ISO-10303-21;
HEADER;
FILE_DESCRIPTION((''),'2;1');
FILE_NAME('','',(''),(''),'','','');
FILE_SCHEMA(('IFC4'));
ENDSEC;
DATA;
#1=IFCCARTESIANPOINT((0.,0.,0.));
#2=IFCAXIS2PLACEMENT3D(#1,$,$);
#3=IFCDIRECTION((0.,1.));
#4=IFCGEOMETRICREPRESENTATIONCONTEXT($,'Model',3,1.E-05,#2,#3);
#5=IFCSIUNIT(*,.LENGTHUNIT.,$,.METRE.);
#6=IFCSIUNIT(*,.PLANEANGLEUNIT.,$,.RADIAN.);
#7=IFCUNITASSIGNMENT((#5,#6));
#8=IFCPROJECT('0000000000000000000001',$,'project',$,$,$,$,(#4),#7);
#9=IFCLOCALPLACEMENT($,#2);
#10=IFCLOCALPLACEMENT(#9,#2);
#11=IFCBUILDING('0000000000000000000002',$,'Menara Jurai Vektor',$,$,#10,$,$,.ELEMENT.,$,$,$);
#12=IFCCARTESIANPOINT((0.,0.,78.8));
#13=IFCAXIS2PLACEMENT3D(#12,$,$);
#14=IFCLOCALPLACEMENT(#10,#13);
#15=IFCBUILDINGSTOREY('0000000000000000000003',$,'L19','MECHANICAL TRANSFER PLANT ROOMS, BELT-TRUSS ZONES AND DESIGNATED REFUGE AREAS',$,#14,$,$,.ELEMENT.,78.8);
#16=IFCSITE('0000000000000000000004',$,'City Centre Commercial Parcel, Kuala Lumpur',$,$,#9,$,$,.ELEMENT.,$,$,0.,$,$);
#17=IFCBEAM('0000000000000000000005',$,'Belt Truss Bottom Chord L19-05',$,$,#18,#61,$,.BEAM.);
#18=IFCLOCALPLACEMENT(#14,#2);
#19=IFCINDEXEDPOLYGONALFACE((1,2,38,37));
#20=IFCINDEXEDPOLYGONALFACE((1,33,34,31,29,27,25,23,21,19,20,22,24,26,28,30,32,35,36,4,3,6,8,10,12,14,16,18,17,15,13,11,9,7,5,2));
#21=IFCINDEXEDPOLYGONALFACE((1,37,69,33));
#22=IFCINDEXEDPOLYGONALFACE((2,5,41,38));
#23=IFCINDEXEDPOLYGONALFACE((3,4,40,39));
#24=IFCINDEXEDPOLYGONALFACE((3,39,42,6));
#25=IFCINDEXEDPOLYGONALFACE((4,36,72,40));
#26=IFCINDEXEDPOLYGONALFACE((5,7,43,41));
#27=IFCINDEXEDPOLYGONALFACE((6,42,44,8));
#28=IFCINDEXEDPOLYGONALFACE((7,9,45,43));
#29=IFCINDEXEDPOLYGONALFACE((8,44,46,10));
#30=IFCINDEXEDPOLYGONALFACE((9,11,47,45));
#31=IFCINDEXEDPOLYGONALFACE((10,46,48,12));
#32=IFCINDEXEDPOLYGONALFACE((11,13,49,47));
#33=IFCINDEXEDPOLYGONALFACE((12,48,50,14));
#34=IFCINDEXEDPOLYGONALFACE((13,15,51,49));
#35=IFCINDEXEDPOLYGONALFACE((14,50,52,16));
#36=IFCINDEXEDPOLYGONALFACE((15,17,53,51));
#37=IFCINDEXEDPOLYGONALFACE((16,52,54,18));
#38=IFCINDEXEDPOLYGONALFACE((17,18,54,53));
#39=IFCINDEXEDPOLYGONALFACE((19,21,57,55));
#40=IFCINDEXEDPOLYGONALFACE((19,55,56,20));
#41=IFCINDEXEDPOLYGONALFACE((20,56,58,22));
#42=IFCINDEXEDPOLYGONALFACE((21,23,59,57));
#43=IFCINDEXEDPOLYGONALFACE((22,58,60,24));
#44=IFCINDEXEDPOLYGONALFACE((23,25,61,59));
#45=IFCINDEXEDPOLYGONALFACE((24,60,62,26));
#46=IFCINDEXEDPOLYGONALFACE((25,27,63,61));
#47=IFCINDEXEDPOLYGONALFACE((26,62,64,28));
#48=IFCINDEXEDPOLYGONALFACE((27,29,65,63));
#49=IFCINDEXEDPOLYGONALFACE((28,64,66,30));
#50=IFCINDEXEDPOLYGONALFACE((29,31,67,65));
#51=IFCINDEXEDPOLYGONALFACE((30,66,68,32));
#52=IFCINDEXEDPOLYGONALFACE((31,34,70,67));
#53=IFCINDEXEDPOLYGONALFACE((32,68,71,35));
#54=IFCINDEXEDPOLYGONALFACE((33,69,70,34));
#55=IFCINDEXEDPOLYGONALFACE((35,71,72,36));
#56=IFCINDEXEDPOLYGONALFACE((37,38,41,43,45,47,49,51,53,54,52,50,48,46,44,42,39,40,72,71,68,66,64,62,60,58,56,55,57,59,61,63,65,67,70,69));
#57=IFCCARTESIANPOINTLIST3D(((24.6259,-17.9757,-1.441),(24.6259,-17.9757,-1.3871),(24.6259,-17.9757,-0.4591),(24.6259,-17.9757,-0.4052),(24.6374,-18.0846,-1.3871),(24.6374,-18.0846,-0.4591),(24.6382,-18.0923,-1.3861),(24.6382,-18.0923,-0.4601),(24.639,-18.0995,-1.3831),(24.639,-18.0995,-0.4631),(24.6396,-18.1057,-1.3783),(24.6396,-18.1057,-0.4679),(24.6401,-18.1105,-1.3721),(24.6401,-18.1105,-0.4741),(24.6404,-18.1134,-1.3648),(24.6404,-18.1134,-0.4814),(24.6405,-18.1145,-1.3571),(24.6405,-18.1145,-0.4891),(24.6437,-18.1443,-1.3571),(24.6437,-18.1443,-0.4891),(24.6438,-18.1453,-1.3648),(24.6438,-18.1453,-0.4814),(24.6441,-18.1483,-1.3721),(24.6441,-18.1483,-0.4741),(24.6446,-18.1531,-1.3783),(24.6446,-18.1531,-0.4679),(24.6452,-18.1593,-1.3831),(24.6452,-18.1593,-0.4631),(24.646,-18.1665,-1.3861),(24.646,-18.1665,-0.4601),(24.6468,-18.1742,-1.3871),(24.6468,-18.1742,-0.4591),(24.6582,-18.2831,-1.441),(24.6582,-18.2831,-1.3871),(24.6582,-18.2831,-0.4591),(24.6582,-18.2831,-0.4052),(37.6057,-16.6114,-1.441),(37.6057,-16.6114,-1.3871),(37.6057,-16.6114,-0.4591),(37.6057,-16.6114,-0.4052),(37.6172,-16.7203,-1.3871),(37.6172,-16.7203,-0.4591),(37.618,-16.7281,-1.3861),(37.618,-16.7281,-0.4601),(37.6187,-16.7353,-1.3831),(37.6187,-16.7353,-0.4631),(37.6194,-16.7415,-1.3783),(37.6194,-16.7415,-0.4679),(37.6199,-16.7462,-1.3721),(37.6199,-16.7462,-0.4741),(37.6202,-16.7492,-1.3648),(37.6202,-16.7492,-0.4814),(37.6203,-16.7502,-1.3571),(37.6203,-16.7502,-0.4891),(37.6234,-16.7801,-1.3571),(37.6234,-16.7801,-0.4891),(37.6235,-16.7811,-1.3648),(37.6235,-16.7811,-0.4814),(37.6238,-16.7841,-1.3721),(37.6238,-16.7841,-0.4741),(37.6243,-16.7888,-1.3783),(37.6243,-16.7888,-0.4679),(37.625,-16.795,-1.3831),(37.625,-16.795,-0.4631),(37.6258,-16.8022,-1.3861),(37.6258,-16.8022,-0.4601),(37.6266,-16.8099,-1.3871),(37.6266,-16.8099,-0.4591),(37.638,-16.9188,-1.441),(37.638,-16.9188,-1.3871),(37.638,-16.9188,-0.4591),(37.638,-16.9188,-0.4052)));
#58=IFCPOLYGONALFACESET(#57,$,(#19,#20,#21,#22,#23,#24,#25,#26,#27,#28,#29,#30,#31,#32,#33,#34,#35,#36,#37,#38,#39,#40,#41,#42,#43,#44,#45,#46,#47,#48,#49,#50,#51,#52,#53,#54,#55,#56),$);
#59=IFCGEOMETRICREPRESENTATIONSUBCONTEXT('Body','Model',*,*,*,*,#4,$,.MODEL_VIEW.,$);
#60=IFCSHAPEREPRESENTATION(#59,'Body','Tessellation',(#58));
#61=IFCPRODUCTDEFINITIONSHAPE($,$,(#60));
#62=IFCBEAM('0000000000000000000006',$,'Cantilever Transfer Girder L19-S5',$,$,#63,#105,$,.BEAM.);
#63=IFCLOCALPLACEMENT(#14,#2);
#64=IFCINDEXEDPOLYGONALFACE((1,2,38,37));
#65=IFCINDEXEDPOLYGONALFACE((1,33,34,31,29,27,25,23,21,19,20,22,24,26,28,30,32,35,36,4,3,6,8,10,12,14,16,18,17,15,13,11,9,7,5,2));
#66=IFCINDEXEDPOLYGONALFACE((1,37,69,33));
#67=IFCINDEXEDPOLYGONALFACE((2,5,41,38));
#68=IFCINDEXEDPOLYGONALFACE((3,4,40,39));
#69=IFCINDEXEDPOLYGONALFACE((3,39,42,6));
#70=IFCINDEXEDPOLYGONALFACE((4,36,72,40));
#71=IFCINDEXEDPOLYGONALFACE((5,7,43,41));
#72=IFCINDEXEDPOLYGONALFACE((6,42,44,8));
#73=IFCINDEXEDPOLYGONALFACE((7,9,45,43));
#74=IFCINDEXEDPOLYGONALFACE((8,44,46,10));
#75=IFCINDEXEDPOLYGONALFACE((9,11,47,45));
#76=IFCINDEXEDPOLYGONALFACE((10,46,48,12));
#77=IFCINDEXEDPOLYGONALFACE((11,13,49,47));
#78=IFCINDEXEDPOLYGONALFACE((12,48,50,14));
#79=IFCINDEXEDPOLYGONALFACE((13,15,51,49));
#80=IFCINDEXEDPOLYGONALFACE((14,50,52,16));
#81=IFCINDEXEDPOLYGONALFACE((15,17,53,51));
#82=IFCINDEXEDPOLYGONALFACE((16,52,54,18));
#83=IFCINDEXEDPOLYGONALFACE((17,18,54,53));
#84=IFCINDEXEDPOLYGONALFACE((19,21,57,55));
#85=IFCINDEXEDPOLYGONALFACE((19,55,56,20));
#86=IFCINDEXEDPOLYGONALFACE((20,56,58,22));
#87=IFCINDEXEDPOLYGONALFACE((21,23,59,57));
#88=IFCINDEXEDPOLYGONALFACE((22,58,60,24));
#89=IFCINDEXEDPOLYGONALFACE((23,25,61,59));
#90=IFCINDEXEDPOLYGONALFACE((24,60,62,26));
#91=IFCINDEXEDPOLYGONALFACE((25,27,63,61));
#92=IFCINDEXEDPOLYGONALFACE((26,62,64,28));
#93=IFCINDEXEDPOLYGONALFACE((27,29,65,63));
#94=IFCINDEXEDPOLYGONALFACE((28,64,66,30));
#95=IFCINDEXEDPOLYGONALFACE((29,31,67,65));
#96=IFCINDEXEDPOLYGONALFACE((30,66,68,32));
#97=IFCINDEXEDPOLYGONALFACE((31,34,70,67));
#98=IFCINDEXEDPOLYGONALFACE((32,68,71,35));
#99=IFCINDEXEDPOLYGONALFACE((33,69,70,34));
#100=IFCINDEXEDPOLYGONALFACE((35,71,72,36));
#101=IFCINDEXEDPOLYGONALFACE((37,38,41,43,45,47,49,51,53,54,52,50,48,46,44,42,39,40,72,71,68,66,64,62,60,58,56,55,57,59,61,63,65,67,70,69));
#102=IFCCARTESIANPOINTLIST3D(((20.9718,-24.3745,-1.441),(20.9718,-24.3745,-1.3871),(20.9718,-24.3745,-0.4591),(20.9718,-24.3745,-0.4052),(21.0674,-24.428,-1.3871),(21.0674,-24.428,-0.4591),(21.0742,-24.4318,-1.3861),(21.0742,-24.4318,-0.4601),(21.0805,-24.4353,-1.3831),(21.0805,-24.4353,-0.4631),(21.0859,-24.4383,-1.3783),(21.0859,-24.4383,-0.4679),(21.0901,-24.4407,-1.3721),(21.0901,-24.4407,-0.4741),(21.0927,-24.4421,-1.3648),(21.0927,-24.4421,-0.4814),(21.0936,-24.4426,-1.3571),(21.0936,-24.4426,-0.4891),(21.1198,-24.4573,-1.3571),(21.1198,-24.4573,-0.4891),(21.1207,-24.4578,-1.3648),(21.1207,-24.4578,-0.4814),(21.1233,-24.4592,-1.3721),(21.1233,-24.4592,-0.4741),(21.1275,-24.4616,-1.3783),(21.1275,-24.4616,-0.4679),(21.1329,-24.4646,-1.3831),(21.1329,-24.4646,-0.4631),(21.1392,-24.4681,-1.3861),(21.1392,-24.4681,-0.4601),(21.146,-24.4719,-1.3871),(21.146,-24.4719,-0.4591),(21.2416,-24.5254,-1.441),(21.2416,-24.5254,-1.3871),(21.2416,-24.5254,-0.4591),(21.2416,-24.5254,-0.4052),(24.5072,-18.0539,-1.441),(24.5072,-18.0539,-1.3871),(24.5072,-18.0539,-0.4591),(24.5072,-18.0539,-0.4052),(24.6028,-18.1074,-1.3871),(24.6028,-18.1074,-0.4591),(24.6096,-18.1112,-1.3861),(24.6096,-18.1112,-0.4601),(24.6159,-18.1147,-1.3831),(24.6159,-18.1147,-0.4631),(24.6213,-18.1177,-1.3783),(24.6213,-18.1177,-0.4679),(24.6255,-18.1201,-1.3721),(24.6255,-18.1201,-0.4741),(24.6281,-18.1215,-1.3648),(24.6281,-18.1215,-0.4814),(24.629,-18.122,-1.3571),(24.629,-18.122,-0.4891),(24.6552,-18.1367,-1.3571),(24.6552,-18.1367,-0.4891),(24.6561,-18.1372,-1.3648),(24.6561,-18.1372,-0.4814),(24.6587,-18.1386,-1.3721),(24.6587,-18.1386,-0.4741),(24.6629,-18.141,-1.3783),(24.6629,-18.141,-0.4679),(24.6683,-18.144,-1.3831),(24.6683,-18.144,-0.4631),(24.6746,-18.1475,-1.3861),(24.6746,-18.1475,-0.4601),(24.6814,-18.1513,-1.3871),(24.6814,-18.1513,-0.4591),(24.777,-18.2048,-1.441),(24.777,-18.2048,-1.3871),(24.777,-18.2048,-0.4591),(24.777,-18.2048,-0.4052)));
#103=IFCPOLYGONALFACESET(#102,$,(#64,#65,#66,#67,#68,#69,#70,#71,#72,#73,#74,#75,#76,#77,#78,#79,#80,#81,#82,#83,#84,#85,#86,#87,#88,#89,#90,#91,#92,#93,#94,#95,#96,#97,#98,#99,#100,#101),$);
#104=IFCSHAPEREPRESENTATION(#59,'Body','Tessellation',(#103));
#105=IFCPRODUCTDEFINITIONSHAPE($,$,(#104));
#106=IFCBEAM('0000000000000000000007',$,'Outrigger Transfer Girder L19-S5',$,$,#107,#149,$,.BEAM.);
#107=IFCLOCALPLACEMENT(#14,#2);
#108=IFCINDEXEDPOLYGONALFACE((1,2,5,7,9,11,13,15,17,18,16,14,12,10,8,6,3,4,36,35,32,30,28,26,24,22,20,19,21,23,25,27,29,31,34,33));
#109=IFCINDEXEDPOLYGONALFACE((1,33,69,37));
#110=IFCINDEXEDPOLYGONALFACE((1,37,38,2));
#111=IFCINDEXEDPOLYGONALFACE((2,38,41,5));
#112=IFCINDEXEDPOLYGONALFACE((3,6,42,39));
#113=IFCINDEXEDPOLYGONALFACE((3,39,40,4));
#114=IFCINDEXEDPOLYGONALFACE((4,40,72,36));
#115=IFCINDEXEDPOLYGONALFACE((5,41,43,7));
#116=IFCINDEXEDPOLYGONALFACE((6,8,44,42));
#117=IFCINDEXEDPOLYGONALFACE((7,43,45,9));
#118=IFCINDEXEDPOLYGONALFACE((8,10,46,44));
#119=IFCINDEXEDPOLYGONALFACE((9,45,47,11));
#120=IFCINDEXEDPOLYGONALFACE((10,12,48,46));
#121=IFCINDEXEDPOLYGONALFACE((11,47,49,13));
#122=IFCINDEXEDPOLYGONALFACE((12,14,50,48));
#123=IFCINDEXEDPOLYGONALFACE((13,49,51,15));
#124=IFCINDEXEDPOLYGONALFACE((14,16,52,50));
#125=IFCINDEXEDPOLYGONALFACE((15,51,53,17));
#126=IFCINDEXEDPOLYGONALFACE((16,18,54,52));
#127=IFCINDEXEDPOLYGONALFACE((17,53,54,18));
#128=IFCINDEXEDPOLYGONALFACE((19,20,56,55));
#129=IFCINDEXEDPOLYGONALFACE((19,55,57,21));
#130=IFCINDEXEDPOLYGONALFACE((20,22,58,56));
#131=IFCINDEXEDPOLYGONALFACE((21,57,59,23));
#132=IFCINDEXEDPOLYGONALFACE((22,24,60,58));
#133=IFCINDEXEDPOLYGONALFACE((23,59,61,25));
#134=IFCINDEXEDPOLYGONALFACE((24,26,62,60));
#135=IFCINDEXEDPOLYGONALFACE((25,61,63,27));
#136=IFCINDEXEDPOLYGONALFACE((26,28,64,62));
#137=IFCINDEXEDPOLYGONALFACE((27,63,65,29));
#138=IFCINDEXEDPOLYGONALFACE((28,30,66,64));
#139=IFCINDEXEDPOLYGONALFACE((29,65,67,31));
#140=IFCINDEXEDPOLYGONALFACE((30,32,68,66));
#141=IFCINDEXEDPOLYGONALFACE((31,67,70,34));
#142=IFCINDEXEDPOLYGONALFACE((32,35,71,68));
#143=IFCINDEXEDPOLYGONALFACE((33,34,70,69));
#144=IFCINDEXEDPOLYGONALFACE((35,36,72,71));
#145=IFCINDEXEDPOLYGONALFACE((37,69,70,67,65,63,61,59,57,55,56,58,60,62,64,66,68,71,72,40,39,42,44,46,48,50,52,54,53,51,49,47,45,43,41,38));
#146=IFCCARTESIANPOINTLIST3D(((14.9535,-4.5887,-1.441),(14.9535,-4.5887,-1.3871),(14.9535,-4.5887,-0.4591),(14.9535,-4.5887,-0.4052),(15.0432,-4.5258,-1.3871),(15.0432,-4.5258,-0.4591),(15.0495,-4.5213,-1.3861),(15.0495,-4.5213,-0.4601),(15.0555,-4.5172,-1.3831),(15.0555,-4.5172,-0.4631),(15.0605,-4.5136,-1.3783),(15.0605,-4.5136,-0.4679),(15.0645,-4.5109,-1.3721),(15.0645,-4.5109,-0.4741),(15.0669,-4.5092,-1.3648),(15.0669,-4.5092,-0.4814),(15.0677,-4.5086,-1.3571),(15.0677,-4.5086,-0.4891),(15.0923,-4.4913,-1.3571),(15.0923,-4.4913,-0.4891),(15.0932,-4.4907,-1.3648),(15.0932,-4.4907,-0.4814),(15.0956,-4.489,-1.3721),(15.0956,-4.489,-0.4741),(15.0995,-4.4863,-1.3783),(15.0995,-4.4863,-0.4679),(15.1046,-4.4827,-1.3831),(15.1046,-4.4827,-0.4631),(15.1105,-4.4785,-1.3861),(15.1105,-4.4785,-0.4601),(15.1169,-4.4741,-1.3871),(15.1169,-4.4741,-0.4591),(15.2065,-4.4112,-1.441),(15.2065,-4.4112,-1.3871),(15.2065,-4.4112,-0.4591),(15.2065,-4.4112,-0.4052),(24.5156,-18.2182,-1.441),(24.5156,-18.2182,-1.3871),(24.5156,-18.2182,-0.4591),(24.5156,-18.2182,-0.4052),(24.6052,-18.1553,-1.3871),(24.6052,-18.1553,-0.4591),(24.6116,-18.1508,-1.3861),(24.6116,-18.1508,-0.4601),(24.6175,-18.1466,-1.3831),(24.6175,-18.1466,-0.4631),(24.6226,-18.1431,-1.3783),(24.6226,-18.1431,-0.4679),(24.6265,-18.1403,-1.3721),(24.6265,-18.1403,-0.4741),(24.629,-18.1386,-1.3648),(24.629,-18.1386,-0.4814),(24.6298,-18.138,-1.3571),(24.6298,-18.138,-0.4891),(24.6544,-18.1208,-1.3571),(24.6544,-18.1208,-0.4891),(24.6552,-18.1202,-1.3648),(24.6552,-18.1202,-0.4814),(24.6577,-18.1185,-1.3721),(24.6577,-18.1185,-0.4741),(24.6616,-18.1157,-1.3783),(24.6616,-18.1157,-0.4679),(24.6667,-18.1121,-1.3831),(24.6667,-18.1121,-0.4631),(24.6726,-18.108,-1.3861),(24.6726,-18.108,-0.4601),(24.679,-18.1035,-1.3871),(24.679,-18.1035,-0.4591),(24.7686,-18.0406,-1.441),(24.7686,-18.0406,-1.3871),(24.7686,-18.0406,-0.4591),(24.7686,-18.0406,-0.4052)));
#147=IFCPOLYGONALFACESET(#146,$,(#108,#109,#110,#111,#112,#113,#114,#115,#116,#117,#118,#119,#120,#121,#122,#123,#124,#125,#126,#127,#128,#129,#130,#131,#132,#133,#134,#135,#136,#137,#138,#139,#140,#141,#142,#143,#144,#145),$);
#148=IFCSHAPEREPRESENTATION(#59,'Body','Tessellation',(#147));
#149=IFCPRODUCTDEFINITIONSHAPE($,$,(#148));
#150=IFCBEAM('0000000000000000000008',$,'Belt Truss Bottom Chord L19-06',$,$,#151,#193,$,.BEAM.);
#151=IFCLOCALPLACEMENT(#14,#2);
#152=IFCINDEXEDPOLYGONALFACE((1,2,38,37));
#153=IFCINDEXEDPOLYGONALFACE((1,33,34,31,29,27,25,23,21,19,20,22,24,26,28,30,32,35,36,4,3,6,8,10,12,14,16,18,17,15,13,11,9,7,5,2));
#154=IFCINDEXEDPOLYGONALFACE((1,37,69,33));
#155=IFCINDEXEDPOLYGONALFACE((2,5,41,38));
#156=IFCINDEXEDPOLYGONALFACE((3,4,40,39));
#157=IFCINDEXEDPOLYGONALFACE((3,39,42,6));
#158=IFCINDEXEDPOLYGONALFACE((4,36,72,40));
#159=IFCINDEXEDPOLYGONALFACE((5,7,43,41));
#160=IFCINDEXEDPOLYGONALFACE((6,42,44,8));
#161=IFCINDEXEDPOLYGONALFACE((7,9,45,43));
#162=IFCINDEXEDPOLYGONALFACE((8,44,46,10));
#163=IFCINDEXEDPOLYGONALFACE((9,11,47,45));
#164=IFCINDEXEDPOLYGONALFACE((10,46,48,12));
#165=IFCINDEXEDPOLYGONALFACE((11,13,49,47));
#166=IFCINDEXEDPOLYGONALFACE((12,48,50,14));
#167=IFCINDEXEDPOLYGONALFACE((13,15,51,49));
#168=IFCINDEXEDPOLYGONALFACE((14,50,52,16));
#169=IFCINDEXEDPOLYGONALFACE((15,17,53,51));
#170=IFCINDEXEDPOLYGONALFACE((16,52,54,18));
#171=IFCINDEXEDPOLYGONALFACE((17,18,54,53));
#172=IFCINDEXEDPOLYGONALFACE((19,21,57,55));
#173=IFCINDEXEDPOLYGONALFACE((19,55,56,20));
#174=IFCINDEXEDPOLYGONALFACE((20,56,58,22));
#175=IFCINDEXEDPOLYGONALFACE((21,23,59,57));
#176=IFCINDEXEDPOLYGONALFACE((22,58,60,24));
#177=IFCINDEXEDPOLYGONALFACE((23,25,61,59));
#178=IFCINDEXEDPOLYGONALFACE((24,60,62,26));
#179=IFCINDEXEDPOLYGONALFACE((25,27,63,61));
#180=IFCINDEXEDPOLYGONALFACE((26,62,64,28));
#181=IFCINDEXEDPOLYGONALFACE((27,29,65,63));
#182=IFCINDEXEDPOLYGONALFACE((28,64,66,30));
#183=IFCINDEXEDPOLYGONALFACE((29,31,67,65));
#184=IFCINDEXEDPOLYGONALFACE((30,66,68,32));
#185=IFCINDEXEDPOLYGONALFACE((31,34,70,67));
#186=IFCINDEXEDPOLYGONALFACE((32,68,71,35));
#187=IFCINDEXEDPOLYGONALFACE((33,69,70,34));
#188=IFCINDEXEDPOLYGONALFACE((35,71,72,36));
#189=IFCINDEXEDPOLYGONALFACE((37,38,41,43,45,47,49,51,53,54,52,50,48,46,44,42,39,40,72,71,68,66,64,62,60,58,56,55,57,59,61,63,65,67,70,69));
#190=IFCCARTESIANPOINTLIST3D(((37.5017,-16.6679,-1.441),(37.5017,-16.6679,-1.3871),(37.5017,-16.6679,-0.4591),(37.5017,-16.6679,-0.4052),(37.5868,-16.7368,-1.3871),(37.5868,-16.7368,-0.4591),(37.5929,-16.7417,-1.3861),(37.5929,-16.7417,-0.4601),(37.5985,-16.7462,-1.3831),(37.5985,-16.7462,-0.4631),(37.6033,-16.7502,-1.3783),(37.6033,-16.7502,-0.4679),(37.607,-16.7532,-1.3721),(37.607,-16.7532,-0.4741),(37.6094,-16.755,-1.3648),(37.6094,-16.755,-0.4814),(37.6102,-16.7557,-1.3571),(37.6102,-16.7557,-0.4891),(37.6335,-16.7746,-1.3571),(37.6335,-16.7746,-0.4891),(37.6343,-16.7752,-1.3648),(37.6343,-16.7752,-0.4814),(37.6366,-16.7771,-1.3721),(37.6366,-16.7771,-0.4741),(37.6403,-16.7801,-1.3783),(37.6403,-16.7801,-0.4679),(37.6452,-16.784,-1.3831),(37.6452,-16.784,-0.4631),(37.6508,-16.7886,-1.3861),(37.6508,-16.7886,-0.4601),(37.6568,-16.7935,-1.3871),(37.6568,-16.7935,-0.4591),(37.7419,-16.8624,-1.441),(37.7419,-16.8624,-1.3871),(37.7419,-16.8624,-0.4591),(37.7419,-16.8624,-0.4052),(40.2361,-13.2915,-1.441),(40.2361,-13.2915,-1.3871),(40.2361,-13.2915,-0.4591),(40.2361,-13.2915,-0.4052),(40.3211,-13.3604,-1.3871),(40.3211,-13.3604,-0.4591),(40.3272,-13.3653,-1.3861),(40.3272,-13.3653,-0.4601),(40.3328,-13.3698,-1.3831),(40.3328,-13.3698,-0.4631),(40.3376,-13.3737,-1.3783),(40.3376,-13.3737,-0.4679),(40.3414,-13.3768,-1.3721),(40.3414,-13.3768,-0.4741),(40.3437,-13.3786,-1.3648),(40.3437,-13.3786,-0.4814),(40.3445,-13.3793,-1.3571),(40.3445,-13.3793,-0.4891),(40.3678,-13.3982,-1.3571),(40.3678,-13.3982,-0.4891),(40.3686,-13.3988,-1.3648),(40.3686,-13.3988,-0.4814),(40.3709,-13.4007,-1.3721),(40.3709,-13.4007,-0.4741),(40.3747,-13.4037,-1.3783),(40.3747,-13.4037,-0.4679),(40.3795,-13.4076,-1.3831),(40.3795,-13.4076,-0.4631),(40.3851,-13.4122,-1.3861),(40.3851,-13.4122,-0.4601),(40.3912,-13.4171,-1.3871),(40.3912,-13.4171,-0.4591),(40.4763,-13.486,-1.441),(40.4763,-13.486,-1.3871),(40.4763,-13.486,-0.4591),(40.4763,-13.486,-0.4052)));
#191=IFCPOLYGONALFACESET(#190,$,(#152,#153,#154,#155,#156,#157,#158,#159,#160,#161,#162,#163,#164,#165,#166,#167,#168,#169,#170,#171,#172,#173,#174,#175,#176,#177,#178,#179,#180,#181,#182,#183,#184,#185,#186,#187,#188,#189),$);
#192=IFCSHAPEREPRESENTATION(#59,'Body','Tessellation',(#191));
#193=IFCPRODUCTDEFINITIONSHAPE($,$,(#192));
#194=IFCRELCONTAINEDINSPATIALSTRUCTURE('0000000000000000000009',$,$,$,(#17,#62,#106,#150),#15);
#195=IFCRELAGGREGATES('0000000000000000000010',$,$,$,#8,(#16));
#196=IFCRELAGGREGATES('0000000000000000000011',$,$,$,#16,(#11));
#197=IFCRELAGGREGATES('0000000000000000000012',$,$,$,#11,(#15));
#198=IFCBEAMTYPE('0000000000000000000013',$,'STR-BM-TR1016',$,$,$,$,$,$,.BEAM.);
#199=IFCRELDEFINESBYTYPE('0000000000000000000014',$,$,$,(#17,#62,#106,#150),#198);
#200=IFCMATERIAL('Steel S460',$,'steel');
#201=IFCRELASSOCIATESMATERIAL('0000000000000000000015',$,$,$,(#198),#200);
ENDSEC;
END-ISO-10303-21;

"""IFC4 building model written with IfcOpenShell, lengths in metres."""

from ifc_helpers import new_model, si_unit, direction, frame, origin, origin_2d, place, context, subcontext, project, spatial, i_section, extrude, material, material_profile, profile_set, type_object, element, save


model = new_model("IFC4")

# Units and contexts
model_context = context("Model", 3, precision=1e-05, world=origin(), true_north=direction((0.0, 1.0)))
body_context = subcontext(model_context, "Body", "Model", "MODEL_VIEW")
ifc_project = project(units=[si_unit("LENGTHUNIT", "METRE"), si_unit("PLANEANGLEUNIT", "RADIAN")], contexts=[model_context])

# Site, building, storey
site_placement = place(None, origin())
site = spatial("IfcSite", under=ifc_project, at=site_placement, Name="City Centre Commercial Parcel, Kuala Lumpur", CompositionType="ELEMENT", RefElevation=0.0)
building_placement = place(site_placement, origin())
building = spatial("IfcBuilding", under=site, at=building_placement, Name="Menara Jurai Vektor", CompositionType="ELEMENT")
storey_placement = place(building_placement, frame((0.0, 0.0, 78.8)))
storey = spatial("IfcBuildingStorey", under=building, at=storey_placement, Name="L19", Description="MECHANICAL TRANSFER PLANT ROOMS, BELT-TRUSS ZONES AND DESIGNATED REFUGE AREAS", CompositionType="ELEMENT", Elevation=78.8)

# Shared definitions
ifc_material_1 = material(Name="Steel S460", Category="steel")

# Beams
ifc_material_profile_1 = material_profile(ifc_material_1, i_section(OverallWidth=0.3091, OverallDepth=1.0359, WebThickness=0.03, FlangeThickness=0.054, FilletRadius=0.03, at=origin_2d()), Name="UKB 1016x305x487")
ifc_profile_set_1 = profile_set([ifc_material_profile_1], Name="Steel S460")
beam_type_1 = type_object("IfcBeamType", Name="STR-BM-TR1016", PredefinedType="BEAM", material=ifc_profile_set_1)
beam_1_placement = place(storey_placement, frame((24.6421, -18.1294, -0.9231), z_axis=(0.994522, 0.104531, 0.0), x_axis=(-0.104531, 0.994522, 0.0)))
element("IfcBeam", 1, at=beam_1_placement, inside=storey, type_object=beam_type_1, Name="Belt Truss Bottom Chord L19-05", PredefinedType="BEAM", context=body_context, shape_type="SweptSolid", body=[
    extrude(i_section(OverallWidth=0.3091, OverallDepth=1.0359, WebThickness=0.03, FlangeThickness=0.054, FilletRadius=0.03, at=origin_2d()), origin(), (0.0, 0.0, 1.0), 13.0513),
])
beam_2_placement = place(storey_placement, frame((21.1067, -24.45, -0.9231), z_axis=(0.488171, 0.872748, 0.0), x_axis=(-0.872748, 0.488171, 0.0)))
element("IfcBeam", 2, at=beam_2_placement, inside=storey, type_object=beam_type_1, Name="Cantilever Transfer Girder L19-S5", PredefinedType="BEAM", context=body_context, shape_type="SweptSolid", body=[
    extrude(i_section(OverallWidth=0.3091, OverallDepth=1.0359, WebThickness=0.03, FlangeThickness=0.054, FilletRadius=0.03, at=origin_2d()), origin(), (0.0, 0.0, 1.0), 7.2422),
])
beam_3_placement = place(storey_placement, frame((24.6421, -18.1294, -0.9231), z_axis=(-0.574326, 0.818627, 0.0), x_axis=(-0.818627, -0.574326, 0.0)))
element("IfcBeam", 3, at=beam_3_placement, inside=storey, type_object=beam_type_1, Name="Outrigger Transfer Girder L19-S5", PredefinedType="BEAM", context=body_context, shape_type="SweptSolid", body=[
    extrude(i_section(OverallWidth=0.3091, OverallDepth=1.0359, WebThickness=0.03, FlangeThickness=0.054, FilletRadius=0.03, at=origin_2d()), origin(), (0.0, 0.0, 1.0), 16.6492),
])
beam_4_placement = place(storey_placement, frame((37.6218, -16.7651, -0.9231), z_axis=(0.629344, 0.777127, 0.0), x_axis=(-0.777127, 0.629344, 0.0)))
element("IfcBeam", 4, at=beam_4_placement, inside=storey, type_object=beam_type_1, Name="Belt Truss Bottom Chord L19-06", PredefinedType="BEAM", context=body_context, shape_type="SweptSolid", body=[
    extrude(i_section(OverallWidth=0.3091, OverallDepth=1.0359, WebThickness=0.03, FlangeThickness=0.054, FilletRadius=0.03, at=origin_2d()), origin(), (0.0, 0.0, 1.0), 4.3447),
])

save(model, "model.ifc")
